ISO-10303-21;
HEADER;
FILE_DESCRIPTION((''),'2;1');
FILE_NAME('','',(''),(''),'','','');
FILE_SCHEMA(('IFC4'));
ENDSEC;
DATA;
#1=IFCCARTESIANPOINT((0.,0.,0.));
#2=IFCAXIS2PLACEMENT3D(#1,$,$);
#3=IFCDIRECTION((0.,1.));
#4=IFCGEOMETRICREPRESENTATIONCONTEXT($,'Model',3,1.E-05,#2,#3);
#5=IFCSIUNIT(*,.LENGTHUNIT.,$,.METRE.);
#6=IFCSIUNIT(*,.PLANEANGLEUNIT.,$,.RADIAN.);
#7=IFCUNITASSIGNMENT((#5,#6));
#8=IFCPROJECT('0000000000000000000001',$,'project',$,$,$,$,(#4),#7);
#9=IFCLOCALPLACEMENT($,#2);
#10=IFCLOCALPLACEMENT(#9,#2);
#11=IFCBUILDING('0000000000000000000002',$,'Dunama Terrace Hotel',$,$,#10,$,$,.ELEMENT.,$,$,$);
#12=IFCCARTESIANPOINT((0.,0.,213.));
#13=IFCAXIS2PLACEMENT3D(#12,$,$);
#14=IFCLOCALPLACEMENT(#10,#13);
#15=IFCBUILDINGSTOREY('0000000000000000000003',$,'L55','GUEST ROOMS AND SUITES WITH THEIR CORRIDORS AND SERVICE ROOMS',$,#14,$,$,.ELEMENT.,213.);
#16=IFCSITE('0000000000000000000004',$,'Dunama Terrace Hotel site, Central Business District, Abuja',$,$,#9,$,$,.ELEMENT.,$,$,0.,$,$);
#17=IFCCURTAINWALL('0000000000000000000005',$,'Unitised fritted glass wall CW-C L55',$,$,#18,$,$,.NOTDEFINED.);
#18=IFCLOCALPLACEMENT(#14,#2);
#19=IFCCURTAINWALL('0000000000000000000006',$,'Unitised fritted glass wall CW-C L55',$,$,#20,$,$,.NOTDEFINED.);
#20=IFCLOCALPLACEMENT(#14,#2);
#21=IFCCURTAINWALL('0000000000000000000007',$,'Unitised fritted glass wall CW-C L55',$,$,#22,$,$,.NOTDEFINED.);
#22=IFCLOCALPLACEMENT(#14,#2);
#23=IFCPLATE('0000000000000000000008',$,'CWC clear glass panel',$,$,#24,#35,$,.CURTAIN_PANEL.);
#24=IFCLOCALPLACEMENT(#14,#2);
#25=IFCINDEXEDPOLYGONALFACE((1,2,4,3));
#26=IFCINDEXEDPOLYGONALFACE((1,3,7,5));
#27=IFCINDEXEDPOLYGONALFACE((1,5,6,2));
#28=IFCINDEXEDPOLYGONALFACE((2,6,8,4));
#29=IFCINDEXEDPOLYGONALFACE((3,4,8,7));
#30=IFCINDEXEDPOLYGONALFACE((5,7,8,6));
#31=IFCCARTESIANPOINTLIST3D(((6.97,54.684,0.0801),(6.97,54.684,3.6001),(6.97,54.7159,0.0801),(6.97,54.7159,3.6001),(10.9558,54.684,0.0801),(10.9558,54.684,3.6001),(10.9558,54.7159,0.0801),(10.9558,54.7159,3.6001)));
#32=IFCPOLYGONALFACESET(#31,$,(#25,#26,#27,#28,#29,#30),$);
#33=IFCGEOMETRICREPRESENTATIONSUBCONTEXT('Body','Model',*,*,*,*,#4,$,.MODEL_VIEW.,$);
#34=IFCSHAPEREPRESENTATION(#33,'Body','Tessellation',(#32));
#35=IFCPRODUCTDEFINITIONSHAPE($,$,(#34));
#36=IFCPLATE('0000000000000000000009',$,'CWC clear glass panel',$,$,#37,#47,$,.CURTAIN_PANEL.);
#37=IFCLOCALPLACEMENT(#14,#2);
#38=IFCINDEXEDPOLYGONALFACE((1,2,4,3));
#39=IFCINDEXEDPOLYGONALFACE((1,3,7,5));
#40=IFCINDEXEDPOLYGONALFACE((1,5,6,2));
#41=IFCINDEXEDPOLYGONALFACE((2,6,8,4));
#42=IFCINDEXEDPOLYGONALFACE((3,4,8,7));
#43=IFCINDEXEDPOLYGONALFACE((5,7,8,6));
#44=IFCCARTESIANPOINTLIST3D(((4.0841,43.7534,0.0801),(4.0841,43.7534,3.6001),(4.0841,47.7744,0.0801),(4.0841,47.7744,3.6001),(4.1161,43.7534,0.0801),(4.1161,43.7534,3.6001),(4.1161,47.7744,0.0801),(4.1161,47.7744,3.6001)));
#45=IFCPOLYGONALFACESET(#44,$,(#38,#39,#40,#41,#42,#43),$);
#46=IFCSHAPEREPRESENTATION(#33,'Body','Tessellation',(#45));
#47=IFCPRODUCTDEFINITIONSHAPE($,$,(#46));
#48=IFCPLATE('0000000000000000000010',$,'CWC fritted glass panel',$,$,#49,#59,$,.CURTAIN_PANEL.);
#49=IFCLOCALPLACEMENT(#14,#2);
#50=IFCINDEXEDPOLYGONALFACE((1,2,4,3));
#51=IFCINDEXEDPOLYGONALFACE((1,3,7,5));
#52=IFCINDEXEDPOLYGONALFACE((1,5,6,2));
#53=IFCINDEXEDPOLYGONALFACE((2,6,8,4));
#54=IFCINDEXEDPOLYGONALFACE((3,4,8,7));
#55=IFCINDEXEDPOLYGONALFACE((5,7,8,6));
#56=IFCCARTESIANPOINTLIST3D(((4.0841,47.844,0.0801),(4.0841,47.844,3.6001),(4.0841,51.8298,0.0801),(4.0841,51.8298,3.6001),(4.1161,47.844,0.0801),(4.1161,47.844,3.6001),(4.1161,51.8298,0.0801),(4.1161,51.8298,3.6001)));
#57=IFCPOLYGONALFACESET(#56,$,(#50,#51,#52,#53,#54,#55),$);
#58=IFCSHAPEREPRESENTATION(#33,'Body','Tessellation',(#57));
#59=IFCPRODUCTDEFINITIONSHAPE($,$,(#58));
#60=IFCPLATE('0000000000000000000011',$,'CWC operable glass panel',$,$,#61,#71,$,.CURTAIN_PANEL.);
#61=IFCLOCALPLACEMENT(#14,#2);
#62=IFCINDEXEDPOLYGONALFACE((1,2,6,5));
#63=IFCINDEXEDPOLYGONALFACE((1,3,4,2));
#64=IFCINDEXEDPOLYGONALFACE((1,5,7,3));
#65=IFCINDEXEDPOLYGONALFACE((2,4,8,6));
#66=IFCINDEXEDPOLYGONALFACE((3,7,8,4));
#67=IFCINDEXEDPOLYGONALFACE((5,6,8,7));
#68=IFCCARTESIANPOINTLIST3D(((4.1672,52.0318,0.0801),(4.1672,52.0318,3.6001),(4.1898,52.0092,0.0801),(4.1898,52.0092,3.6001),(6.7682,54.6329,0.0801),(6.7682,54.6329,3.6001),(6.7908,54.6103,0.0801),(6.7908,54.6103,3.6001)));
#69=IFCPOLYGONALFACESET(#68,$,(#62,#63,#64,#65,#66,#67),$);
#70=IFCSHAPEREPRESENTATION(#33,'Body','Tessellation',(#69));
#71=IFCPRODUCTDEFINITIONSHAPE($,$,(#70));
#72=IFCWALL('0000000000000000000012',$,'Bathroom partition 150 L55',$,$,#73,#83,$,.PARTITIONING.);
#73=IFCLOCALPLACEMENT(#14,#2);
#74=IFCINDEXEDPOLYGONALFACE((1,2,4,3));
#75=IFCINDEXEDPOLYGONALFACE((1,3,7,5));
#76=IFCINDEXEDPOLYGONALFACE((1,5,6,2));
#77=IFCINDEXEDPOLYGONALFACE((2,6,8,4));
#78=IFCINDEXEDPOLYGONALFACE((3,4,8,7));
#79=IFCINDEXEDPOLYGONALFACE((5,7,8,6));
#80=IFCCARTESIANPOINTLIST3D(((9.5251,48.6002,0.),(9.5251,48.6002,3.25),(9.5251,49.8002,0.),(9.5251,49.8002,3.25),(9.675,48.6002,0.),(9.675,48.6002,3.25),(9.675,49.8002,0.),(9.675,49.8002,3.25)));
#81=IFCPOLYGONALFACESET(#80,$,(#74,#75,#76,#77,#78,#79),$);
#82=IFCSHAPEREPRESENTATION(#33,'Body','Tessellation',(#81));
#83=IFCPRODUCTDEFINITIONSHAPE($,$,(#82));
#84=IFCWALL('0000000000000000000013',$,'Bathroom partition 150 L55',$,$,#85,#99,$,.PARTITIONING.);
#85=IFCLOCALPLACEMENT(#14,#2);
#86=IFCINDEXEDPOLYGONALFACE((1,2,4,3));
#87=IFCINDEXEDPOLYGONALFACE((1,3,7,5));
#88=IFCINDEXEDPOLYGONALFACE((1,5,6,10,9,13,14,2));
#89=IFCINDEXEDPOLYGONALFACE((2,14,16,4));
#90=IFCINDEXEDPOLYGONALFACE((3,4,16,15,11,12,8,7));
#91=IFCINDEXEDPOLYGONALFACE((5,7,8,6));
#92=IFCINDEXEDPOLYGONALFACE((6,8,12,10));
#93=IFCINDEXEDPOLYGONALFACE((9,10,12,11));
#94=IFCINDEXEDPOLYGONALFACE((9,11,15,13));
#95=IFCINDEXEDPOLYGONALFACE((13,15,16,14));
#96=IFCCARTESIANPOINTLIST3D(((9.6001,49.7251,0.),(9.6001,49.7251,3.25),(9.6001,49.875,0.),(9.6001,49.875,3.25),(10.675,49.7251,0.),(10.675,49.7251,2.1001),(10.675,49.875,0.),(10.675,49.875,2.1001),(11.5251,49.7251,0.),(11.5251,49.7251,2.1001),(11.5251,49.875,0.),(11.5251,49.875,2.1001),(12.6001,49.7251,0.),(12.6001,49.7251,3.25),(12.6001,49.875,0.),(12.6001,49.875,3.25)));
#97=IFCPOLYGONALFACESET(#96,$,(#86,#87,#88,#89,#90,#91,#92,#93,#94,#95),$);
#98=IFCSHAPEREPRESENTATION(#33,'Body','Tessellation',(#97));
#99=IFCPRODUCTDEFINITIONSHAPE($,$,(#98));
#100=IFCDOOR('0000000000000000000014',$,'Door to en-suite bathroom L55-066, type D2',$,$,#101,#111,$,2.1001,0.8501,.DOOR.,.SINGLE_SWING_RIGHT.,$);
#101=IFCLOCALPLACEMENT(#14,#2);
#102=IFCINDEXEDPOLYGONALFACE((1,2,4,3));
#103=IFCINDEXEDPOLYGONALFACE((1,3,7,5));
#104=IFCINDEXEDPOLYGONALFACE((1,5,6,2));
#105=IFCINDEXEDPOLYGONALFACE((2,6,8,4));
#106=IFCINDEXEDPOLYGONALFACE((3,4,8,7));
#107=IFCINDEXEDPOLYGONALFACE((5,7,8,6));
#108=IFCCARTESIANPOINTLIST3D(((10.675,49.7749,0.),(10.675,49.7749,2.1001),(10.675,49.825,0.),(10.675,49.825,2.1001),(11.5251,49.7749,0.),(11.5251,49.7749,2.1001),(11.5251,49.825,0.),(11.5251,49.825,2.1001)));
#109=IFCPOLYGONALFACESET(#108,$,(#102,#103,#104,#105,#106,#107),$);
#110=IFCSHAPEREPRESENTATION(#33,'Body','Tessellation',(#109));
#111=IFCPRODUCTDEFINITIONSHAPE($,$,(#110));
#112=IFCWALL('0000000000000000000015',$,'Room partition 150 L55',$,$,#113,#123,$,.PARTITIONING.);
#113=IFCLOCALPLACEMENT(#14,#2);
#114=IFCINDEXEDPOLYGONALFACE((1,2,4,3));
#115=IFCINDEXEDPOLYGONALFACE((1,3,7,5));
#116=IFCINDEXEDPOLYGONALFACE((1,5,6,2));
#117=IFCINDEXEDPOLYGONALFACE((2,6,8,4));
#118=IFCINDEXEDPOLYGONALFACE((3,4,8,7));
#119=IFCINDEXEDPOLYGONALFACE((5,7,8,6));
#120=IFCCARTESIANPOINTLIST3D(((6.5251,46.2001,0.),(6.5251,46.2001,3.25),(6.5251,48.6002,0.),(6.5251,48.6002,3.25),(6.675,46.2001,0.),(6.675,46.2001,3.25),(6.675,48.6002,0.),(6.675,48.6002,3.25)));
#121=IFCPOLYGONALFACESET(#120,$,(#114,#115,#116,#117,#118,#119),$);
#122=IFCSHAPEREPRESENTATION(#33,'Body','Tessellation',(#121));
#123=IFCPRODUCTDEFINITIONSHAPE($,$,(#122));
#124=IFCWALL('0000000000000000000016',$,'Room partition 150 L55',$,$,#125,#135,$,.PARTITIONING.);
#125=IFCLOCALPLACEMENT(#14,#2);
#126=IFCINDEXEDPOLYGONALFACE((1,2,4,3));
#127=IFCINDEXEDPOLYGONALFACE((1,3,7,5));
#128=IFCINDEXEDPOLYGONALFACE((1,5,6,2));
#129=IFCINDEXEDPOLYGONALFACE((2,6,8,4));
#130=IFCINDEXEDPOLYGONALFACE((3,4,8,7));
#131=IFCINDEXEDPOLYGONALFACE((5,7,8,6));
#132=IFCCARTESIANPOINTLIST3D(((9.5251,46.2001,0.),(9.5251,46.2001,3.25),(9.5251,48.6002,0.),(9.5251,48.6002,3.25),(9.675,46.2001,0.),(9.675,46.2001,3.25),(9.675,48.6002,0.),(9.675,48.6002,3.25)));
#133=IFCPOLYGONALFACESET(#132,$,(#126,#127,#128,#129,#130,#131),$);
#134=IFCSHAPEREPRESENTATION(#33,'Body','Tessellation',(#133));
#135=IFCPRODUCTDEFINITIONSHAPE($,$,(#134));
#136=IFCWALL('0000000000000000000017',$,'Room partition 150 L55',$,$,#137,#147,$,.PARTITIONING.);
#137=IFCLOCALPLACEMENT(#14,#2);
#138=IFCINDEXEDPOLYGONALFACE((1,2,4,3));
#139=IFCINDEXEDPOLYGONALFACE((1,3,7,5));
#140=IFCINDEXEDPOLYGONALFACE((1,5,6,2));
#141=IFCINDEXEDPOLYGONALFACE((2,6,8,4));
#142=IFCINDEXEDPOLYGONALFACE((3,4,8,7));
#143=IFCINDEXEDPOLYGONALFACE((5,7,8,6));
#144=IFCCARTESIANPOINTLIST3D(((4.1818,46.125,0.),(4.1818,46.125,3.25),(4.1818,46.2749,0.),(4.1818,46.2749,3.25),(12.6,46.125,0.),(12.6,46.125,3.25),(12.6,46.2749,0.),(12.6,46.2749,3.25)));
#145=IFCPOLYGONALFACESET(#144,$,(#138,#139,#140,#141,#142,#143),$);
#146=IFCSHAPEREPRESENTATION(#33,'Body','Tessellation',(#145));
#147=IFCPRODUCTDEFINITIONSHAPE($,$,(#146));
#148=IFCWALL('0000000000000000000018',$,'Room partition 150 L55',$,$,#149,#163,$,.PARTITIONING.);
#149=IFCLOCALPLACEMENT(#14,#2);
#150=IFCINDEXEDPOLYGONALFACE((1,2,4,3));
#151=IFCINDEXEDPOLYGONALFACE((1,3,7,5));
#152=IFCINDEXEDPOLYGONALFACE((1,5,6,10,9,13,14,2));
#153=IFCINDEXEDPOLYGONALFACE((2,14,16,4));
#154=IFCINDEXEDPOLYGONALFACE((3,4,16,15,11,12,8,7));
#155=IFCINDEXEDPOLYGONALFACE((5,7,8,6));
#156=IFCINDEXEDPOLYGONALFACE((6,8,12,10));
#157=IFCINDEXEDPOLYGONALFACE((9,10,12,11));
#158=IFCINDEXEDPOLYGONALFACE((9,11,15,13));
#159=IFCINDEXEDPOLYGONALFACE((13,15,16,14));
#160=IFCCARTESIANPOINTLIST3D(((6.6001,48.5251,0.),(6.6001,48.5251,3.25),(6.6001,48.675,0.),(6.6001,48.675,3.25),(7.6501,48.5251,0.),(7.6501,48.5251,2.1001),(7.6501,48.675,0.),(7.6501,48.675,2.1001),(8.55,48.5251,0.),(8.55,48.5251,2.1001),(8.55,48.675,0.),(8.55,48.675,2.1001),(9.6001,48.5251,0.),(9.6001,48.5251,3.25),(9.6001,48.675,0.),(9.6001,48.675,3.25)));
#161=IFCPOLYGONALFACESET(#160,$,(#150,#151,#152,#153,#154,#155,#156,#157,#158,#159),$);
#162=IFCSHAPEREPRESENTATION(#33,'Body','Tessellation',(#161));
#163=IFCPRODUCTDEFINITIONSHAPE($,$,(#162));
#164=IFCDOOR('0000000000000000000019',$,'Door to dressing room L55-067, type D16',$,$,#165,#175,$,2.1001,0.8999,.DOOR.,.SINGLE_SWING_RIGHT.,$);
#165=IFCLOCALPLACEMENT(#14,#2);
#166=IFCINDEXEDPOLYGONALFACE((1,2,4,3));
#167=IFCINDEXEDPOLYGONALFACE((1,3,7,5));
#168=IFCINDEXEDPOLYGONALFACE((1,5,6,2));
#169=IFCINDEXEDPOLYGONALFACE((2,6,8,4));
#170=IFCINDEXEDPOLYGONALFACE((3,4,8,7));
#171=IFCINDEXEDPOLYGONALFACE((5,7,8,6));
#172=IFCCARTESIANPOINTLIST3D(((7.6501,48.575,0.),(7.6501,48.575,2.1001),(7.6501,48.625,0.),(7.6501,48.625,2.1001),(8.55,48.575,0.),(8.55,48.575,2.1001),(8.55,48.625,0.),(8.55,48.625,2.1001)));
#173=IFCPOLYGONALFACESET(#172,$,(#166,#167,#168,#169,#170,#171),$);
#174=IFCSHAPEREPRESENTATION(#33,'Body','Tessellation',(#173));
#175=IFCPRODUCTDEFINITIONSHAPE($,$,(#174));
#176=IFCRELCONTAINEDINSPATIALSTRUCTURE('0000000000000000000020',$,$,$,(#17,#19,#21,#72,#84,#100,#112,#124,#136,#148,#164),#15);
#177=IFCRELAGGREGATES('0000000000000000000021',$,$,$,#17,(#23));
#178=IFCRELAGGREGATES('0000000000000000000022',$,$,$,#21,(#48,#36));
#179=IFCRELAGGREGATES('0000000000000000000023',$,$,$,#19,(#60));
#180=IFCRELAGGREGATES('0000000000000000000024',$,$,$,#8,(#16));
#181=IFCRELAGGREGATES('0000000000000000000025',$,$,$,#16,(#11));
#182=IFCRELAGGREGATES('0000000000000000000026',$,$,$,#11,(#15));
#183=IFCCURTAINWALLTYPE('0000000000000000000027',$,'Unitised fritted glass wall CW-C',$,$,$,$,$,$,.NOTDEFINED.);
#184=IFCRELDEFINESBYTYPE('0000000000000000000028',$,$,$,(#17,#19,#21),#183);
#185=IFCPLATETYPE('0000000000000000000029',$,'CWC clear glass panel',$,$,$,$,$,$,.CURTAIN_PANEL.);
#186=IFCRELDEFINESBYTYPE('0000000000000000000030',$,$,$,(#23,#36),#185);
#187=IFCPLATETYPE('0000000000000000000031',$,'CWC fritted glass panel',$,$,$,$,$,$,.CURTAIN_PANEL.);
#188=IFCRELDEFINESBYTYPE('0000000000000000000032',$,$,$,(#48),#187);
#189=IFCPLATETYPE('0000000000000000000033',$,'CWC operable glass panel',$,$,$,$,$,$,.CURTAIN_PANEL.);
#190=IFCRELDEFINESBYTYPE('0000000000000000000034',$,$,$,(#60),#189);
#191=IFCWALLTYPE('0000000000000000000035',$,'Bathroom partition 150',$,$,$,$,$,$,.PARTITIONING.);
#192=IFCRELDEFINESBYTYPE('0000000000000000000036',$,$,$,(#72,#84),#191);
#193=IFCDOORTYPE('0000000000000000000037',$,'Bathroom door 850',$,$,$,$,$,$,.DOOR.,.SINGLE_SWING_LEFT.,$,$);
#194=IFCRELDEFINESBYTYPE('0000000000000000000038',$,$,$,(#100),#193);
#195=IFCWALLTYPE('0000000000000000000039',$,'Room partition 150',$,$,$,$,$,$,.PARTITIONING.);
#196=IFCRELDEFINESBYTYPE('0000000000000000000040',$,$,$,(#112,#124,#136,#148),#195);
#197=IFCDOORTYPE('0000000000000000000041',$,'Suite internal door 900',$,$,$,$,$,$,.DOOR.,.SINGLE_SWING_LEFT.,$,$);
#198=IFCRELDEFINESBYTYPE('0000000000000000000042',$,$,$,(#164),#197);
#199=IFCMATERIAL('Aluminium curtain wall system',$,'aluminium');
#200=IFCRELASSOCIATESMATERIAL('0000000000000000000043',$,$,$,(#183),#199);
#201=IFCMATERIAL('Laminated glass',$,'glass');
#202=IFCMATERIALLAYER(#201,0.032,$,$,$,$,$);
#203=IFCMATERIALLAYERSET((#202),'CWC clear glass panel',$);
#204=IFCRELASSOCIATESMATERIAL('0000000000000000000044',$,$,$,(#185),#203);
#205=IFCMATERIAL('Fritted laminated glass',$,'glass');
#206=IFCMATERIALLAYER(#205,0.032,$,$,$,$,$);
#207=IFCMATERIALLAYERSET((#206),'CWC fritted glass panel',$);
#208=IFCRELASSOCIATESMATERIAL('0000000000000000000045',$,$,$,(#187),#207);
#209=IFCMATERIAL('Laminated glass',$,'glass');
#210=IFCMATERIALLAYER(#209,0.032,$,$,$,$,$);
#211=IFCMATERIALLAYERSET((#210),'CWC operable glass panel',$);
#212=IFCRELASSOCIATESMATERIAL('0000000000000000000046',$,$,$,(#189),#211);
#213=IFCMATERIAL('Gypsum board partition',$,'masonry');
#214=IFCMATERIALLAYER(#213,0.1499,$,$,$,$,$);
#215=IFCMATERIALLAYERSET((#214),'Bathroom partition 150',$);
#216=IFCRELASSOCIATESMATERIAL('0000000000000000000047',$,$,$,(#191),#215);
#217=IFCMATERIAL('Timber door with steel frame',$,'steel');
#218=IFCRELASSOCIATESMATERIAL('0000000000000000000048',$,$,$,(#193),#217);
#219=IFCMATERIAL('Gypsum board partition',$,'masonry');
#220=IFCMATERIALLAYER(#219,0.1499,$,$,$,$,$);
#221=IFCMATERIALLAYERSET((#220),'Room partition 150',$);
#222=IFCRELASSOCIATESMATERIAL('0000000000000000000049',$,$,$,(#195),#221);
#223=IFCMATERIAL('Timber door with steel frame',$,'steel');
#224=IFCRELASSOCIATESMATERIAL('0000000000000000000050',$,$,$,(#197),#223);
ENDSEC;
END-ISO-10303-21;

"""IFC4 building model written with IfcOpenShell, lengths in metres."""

from ifc_helpers import new_model, si_unit, direction, frame, frame_2d, origin, origin_2d, place, context, subcontext, project, spatial, rectangle, extrude, material, layer, layer_set, type_object, element, fill, aggregate, save


model = new_model("IFC4")

# Units and contexts
model_context = context("Model", 3, precision=1e-05, world=origin(), true_north=direction((0.0, 1.0)))
body_context = subcontext(model_context, "Body", "Model", "MODEL_VIEW")
ifc_project = project(units=[si_unit("LENGTHUNIT", "METRE"), si_unit("PLANEANGLEUNIT", "RADIAN")], contexts=[model_context])

# Site, building, storey
site_placement = place(None, origin())
site = spatial("IfcSite", under=ifc_project, at=site_placement, Name="Dunama Terrace Hotel site, Central Business District, Abuja", CompositionType="ELEMENT", RefElevation=0.0)
building_placement = place(site_placement, origin())
building = spatial("IfcBuilding", under=site, at=building_placement, Name="Dunama Terrace Hotel", CompositionType="ELEMENT")
storey_placement = place(building_placement, frame((0.0, 0.0, 213.0)))
storey = spatial("IfcBuildingStorey", under=building, at=storey_placement, Name="L55", Description="GUEST ROOMS AND SUITES WITH THEIR CORRIDORS AND SERVICE ROOMS", CompositionType="ELEMENT", Elevation=213.0)

# Curtain wall
ifc_material_1 = material(Name="Aluminium curtain wall system", Category="aluminium")
curtain_wall_type = type_object("IfcCurtainWallType", Name="Unitised fritted glass wall CW-C", PredefinedType="NOTDEFINED", material=ifc_material_1)
curtain_wall_1_placement = place(storey_placement, origin())
curtain_wall_1 = element("IfcCurtainWall", 1, at=curtain_wall_1_placement, inside=storey, type_object=curtain_wall_type, Name="Unitised fritted glass wall CW-C L55", PredefinedType="NOTDEFINED")

# Curtain walls
curtain_wall_2_placement = place(storey_placement, origin())
curtain_wall_2 = element("IfcCurtainWall", 2, at=curtain_wall_2_placement, inside=storey, type_object=curtain_wall_type, Name="Unitised fritted glass wall CW-C L55", PredefinedType="NOTDEFINED")
curtain_wall_3_placement = place(storey_placement, origin())
curtain_wall_3 = element("IfcCurtainWall", 3, at=curtain_wall_3_placement, inside=storey, type_object=curtain_wall_type, Name="Unitised fritted glass wall CW-C L55", PredefinedType="NOTDEFINED")

# Plates
ifc_material_2 = material(Name="Laminated glass", Category="glass")
ifc_layer_1 = layer(ifc_material_2, 0.032)
ifc_layer_set_1 = layer_set([ifc_layer_1], Name="CWC clear glass panel")
plate_type_1 = type_object("IfcPlateType", Name="CWC clear glass panel", PredefinedType="CURTAIN_PANEL", material=ifc_layer_set_1)
plate_1_placement = place(storey_placement, frame((8.9629, 54.7, 0.0801), z_axis=(0.0, 0.0, 1.0), x_axis=(-1.0, 0.0, 0.0)))
plate_1 = element("IfcPlate", 4, at=plate_1_placement, type_object=plate_type_1, Name="CWC clear glass panel", PredefinedType="CURTAIN_PANEL", context=body_context, shape_type="SweptSolid", body=[
    extrude(rectangle(XDim=3.9858, YDim=0.032, at=origin_2d()), origin(), (0.0, 0.0, 1.0), 3.52),
])
aggregate(curtain_wall_1, [plate_1])
plate_2_placement = place(storey_placement, frame((4.1001, 45.7639, 0.0801), z_axis=(0.0, 0.0, 1.0), x_axis=(0.0, -1.0, 0.0)))
plate_2 = element("IfcPlate", 5, at=plate_2_placement, type_object=plate_type_1, Name="CWC clear glass panel", PredefinedType="CURTAIN_PANEL", context=body_context, shape_type="SweptSolid", body=[
    extrude(rectangle(XDim=4.021, YDim=0.032, at=origin_2d()), origin(), (0.0, 0.0, 1.0), 3.52),
])
ifc_material_3 = material(Name="Fritted laminated glass", Category="glass")
ifc_layer_2 = layer(ifc_material_3, 0.032)
ifc_layer_set_2 = layer_set([ifc_layer_2], Name="CWC fritted glass panel")
plate_type_2 = type_object("IfcPlateType", Name="CWC fritted glass panel", PredefinedType="CURTAIN_PANEL", material=ifc_layer_set_2)
plate_3_placement = place(storey_placement, frame((4.1001, 49.8369, 0.0801), z_axis=(0.0, 0.0, 1.0), x_axis=(0.0, -1.0, 0.0)))
plate_3 = element("IfcPlate", 6, at=plate_3_placement, type_object=plate_type_2, Name="CWC fritted glass panel", PredefinedType="CURTAIN_PANEL", context=body_context, shape_type="SweptSolid", body=[
    extrude(rectangle(XDim=3.9858, YDim=0.032, at=origin_2d()), origin(), (0.0, 0.0, 1.0), 3.52),
])
aggregate(curtain_wall_3, [plate_3, plate_2])
ifc_material_4 = material(Name="Laminated glass", Category="glass")
ifc_layer_3 = layer(ifc_material_4, 0.032)
ifc_layer_set_3 = layer_set([ifc_layer_3], Name="CWC operable glass panel")
plate_type_3 = type_object("IfcPlateType", Name="CWC operable glass panel", PredefinedType="CURTAIN_PANEL", material=ifc_layer_set_3)
plate_4_placement = place(storey_placement, frame((5.479, 53.321, 0.0801), z_axis=(0.0, 0.0, 1.0), x_axis=(-0.707107, -0.707107, 0.0)))
plate_4 = element("IfcPlate", 7, at=plate_4_placement, type_object=plate_type_3, Name="CWC operable glass panel", PredefinedType="CURTAIN_PANEL", context=body_context, shape_type="SweptSolid", body=[
    extrude(rectangle(XDim=3.6785, YDim=0.032, at=origin_2d()), origin(), (0.0, 0.0, 1.0), 3.52),
])
aggregate(curtain_wall_2, [plate_4])

# Wall
ifc_material_5 = material(Name="Gypsum board partition", Category="masonry")
ifc_layer_4 = layer(ifc_material_5, 0.1499)
ifc_layer_set_4 = layer_set([ifc_layer_4], Name="Bathroom partition 150")
wall_type_1 = type_object("IfcWallType", Name="Bathroom partition 150", PredefinedType="PARTITIONING", material=ifc_layer_set_4)
wall_1_placement = place(storey_placement, frame((9.6001, 48.6001, 0.0), z_axis=(0.0, 0.0, 1.0), x_axis=(0.0, 1.0, 0.0)))
element("IfcWall", 8, at=wall_1_placement, inside=storey, type_object=wall_type_1, Name="Bathroom partition 150 L55", PredefinedType="PARTITIONING", context=body_context, shape_type="SweptSolid", body=[
    extrude(rectangle(XDim=1.2, YDim=0.1499, at=frame_2d((0.6001, 0.0))), origin(), (0.0, 0.0, 1.0), 3.25),
])

# Wall, opening, door
wall_2_placement = place(storey_placement, frame((9.6001, 49.8, 0.0), z_axis=(0.0, 0.0, 1.0), x_axis=(1.0, 0.0, 0.0)))
wall_2 = element("IfcWall", 9, at=wall_2_placement, inside=storey, type_object=wall_type_1, Name="Bathroom partition 150 L55", PredefinedType="PARTITIONING", context=body_context, shape_type="SweptSolid", body=[
    extrude(rectangle(XDim=3.0, YDim=0.1499, at=frame_2d((1.5, 0.0))), origin(), (0.0, 0.0, 1.0), 3.25),
])
opening_1_placement = place(wall_2_placement, frame((1.075, 0.0, 0.0)))
opening_1 = element("IfcOpeningElement", 10, at=opening_1_placement, cuts=wall_2, PredefinedType="OPENING", context=body_context, shape_type="SweptSolid", body=[
    extrude(rectangle(XDim=0.8501, YDim=2.1001, at=frame_2d((0.425, 1.05))), frame((0.0, 0.085, 0.0), z_axis=(0.0, -1.0, 0.0), x_axis=(1.0, 0.0, 0.0)), (0.0, 0.0, 1.0), 0.1699),
])
ifc_material_6 = material(Name="Timber door with steel frame", Category="steel")
door_type_1 = type_object("IfcDoorType", Name="Bathroom door 850", OperationType="SINGLE_SWING_LEFT", PredefinedType="DOOR", material=ifc_material_6)
door_1_placement = place(opening_1_placement, frame((0.8501, 0.0, 0.0), z_axis=(0.0, 0.0, 1.0), x_axis=(-1.0, 0.0, 0.0)))
door_1 = element("IfcDoor", 11, at=door_1_placement, inside=storey, type_object=door_type_1, Name="Door to en-suite bathroom L55-066, type D2", OperationType="SINGLE_SWING_RIGHT", OverallHeight=2.1001, OverallWidth=0.8501, PredefinedType="DOOR", context=body_context, shape_type="SweptSolid", body=[
    extrude(rectangle(XDim=0.8501, YDim=2.1001, at=frame_2d((0.425, 1.05))), frame((0.0, 0.0251, 0.0), z_axis=(0.0, -1.0, 0.0), x_axis=(1.0, 0.0, 0.0)), (0.0, 0.0, 1.0), 0.05),
])
fill(opening_1, door_1)

# Walls
ifc_material_7 = material(Name="Gypsum board partition", Category="masonry")
ifc_layer_5 = layer(ifc_material_7, 0.1499)
ifc_layer_set_5 = layer_set([ifc_layer_5], Name="Room partition 150")
wall_type_2 = type_object("IfcWallType", Name="Room partition 150", PredefinedType="PARTITIONING", material=ifc_layer_set_5)
for number, where, z_axis, x_axis, name in (
    (12, (6.6001, 46.2, 0.0), (0.0, 0.0, 1.0), (0.0, 1.0, 0.0), "Room partition 150 L55"),
    (13, (9.6001, 46.2, 0.0), (0.0, 0.0, 1.0), (0.0, 1.0, 0.0), "Room partition 150 L55"),
):
    element("IfcWall", number, at=place(storey_placement, frame(where, z_axis=z_axis, x_axis=x_axis)), inside=storey, type_object=wall_type_2, Name=name, PredefinedType="PARTITIONING", context=body_context, shape_type="SweptSolid", body=[
        extrude(rectangle(XDim=2.4001, YDim=0.1499, at=frame_2d((1.2002, 0.0))), origin(), (0.0, 0.0, 1.0), 3.25),
    ])
wall_3_placement = place(storey_placement, frame((4.1819, 46.2, 0.0), z_axis=(0.0, 0.0, 1.0), x_axis=(1.0, 0.0, 0.0)))
element("IfcWall", 14, at=wall_3_placement, inside=storey, type_object=wall_type_2, Name="Room partition 150 L55", PredefinedType="PARTITIONING", context=body_context, shape_type="SweptSolid", body=[
    extrude(rectangle(XDim=8.4182, YDim=0.1499, at=frame_2d((4.209, 0.0))), origin(), (0.0, 0.0, 1.0), 3.25),
])

# Wall, opening, door
wall_4_placement = place(storey_placement, frame((6.6001, 48.6001, 0.0), z_axis=(0.0, 0.0, 1.0), x_axis=(1.0, 0.0, 0.0)))
wall_4 = element("IfcWall", 15, at=wall_4_placement, inside=storey, type_object=wall_type_2, Name="Room partition 150 L55", PredefinedType="PARTITIONING", context=body_context, shape_type="SweptSolid", body=[
    extrude(rectangle(XDim=3.0, YDim=0.1499, at=frame_2d((1.5, 0.0))), origin(), (0.0, 0.0, 1.0), 3.25),
])
opening_2_placement = place(wall_4_placement, frame((1.05, 0.0, 0.0)))
opening_2 = element("IfcOpeningElement", 16, at=opening_2_placement, cuts=wall_4, PredefinedType="OPENING", context=body_context, shape_type="SweptSolid", body=[
    extrude(rectangle(XDim=0.8999, YDim=2.1001, at=frame_2d((0.45, 1.05))), frame((0.0, 0.085, 0.0), z_axis=(0.0, -1.0, 0.0), x_axis=(1.0, 0.0, 0.0)), (0.0, 0.0, 1.0), 0.1699),
])
ifc_material_8 = material(Name="Timber door with steel frame", Category="steel")
door_type_2 = type_object("IfcDoorType", Name="Suite internal door 900", OperationType="SINGLE_SWING_LEFT", PredefinedType="DOOR", material=ifc_material_8)
door_2_placement = place(opening_2_placement, frame((0.8999, 0.0, 0.0), z_axis=(0.0, 0.0, 1.0), x_axis=(-1.0, 0.0, 0.0)))
door_2 = element("IfcDoor", 17, at=door_2_placement, inside=storey, type_object=door_type_2, Name="Door to dressing room L55-067, type D16", OperationType="SINGLE_SWING_RIGHT", OverallHeight=2.1001, OverallWidth=0.8999, PredefinedType="DOOR", context=body_context, shape_type="SweptSolid", body=[
    extrude(rectangle(XDim=0.8999, YDim=2.1001, at=frame_2d((0.45, 1.05))), frame((0.0, 0.0251, 0.0), z_axis=(0.0, -1.0, 0.0), x_axis=(1.0, 0.0, 0.0)), (0.0, 0.0, 1.0), 0.05),
])
fill(opening_2, door_2)

save(model, "model.ifc")
